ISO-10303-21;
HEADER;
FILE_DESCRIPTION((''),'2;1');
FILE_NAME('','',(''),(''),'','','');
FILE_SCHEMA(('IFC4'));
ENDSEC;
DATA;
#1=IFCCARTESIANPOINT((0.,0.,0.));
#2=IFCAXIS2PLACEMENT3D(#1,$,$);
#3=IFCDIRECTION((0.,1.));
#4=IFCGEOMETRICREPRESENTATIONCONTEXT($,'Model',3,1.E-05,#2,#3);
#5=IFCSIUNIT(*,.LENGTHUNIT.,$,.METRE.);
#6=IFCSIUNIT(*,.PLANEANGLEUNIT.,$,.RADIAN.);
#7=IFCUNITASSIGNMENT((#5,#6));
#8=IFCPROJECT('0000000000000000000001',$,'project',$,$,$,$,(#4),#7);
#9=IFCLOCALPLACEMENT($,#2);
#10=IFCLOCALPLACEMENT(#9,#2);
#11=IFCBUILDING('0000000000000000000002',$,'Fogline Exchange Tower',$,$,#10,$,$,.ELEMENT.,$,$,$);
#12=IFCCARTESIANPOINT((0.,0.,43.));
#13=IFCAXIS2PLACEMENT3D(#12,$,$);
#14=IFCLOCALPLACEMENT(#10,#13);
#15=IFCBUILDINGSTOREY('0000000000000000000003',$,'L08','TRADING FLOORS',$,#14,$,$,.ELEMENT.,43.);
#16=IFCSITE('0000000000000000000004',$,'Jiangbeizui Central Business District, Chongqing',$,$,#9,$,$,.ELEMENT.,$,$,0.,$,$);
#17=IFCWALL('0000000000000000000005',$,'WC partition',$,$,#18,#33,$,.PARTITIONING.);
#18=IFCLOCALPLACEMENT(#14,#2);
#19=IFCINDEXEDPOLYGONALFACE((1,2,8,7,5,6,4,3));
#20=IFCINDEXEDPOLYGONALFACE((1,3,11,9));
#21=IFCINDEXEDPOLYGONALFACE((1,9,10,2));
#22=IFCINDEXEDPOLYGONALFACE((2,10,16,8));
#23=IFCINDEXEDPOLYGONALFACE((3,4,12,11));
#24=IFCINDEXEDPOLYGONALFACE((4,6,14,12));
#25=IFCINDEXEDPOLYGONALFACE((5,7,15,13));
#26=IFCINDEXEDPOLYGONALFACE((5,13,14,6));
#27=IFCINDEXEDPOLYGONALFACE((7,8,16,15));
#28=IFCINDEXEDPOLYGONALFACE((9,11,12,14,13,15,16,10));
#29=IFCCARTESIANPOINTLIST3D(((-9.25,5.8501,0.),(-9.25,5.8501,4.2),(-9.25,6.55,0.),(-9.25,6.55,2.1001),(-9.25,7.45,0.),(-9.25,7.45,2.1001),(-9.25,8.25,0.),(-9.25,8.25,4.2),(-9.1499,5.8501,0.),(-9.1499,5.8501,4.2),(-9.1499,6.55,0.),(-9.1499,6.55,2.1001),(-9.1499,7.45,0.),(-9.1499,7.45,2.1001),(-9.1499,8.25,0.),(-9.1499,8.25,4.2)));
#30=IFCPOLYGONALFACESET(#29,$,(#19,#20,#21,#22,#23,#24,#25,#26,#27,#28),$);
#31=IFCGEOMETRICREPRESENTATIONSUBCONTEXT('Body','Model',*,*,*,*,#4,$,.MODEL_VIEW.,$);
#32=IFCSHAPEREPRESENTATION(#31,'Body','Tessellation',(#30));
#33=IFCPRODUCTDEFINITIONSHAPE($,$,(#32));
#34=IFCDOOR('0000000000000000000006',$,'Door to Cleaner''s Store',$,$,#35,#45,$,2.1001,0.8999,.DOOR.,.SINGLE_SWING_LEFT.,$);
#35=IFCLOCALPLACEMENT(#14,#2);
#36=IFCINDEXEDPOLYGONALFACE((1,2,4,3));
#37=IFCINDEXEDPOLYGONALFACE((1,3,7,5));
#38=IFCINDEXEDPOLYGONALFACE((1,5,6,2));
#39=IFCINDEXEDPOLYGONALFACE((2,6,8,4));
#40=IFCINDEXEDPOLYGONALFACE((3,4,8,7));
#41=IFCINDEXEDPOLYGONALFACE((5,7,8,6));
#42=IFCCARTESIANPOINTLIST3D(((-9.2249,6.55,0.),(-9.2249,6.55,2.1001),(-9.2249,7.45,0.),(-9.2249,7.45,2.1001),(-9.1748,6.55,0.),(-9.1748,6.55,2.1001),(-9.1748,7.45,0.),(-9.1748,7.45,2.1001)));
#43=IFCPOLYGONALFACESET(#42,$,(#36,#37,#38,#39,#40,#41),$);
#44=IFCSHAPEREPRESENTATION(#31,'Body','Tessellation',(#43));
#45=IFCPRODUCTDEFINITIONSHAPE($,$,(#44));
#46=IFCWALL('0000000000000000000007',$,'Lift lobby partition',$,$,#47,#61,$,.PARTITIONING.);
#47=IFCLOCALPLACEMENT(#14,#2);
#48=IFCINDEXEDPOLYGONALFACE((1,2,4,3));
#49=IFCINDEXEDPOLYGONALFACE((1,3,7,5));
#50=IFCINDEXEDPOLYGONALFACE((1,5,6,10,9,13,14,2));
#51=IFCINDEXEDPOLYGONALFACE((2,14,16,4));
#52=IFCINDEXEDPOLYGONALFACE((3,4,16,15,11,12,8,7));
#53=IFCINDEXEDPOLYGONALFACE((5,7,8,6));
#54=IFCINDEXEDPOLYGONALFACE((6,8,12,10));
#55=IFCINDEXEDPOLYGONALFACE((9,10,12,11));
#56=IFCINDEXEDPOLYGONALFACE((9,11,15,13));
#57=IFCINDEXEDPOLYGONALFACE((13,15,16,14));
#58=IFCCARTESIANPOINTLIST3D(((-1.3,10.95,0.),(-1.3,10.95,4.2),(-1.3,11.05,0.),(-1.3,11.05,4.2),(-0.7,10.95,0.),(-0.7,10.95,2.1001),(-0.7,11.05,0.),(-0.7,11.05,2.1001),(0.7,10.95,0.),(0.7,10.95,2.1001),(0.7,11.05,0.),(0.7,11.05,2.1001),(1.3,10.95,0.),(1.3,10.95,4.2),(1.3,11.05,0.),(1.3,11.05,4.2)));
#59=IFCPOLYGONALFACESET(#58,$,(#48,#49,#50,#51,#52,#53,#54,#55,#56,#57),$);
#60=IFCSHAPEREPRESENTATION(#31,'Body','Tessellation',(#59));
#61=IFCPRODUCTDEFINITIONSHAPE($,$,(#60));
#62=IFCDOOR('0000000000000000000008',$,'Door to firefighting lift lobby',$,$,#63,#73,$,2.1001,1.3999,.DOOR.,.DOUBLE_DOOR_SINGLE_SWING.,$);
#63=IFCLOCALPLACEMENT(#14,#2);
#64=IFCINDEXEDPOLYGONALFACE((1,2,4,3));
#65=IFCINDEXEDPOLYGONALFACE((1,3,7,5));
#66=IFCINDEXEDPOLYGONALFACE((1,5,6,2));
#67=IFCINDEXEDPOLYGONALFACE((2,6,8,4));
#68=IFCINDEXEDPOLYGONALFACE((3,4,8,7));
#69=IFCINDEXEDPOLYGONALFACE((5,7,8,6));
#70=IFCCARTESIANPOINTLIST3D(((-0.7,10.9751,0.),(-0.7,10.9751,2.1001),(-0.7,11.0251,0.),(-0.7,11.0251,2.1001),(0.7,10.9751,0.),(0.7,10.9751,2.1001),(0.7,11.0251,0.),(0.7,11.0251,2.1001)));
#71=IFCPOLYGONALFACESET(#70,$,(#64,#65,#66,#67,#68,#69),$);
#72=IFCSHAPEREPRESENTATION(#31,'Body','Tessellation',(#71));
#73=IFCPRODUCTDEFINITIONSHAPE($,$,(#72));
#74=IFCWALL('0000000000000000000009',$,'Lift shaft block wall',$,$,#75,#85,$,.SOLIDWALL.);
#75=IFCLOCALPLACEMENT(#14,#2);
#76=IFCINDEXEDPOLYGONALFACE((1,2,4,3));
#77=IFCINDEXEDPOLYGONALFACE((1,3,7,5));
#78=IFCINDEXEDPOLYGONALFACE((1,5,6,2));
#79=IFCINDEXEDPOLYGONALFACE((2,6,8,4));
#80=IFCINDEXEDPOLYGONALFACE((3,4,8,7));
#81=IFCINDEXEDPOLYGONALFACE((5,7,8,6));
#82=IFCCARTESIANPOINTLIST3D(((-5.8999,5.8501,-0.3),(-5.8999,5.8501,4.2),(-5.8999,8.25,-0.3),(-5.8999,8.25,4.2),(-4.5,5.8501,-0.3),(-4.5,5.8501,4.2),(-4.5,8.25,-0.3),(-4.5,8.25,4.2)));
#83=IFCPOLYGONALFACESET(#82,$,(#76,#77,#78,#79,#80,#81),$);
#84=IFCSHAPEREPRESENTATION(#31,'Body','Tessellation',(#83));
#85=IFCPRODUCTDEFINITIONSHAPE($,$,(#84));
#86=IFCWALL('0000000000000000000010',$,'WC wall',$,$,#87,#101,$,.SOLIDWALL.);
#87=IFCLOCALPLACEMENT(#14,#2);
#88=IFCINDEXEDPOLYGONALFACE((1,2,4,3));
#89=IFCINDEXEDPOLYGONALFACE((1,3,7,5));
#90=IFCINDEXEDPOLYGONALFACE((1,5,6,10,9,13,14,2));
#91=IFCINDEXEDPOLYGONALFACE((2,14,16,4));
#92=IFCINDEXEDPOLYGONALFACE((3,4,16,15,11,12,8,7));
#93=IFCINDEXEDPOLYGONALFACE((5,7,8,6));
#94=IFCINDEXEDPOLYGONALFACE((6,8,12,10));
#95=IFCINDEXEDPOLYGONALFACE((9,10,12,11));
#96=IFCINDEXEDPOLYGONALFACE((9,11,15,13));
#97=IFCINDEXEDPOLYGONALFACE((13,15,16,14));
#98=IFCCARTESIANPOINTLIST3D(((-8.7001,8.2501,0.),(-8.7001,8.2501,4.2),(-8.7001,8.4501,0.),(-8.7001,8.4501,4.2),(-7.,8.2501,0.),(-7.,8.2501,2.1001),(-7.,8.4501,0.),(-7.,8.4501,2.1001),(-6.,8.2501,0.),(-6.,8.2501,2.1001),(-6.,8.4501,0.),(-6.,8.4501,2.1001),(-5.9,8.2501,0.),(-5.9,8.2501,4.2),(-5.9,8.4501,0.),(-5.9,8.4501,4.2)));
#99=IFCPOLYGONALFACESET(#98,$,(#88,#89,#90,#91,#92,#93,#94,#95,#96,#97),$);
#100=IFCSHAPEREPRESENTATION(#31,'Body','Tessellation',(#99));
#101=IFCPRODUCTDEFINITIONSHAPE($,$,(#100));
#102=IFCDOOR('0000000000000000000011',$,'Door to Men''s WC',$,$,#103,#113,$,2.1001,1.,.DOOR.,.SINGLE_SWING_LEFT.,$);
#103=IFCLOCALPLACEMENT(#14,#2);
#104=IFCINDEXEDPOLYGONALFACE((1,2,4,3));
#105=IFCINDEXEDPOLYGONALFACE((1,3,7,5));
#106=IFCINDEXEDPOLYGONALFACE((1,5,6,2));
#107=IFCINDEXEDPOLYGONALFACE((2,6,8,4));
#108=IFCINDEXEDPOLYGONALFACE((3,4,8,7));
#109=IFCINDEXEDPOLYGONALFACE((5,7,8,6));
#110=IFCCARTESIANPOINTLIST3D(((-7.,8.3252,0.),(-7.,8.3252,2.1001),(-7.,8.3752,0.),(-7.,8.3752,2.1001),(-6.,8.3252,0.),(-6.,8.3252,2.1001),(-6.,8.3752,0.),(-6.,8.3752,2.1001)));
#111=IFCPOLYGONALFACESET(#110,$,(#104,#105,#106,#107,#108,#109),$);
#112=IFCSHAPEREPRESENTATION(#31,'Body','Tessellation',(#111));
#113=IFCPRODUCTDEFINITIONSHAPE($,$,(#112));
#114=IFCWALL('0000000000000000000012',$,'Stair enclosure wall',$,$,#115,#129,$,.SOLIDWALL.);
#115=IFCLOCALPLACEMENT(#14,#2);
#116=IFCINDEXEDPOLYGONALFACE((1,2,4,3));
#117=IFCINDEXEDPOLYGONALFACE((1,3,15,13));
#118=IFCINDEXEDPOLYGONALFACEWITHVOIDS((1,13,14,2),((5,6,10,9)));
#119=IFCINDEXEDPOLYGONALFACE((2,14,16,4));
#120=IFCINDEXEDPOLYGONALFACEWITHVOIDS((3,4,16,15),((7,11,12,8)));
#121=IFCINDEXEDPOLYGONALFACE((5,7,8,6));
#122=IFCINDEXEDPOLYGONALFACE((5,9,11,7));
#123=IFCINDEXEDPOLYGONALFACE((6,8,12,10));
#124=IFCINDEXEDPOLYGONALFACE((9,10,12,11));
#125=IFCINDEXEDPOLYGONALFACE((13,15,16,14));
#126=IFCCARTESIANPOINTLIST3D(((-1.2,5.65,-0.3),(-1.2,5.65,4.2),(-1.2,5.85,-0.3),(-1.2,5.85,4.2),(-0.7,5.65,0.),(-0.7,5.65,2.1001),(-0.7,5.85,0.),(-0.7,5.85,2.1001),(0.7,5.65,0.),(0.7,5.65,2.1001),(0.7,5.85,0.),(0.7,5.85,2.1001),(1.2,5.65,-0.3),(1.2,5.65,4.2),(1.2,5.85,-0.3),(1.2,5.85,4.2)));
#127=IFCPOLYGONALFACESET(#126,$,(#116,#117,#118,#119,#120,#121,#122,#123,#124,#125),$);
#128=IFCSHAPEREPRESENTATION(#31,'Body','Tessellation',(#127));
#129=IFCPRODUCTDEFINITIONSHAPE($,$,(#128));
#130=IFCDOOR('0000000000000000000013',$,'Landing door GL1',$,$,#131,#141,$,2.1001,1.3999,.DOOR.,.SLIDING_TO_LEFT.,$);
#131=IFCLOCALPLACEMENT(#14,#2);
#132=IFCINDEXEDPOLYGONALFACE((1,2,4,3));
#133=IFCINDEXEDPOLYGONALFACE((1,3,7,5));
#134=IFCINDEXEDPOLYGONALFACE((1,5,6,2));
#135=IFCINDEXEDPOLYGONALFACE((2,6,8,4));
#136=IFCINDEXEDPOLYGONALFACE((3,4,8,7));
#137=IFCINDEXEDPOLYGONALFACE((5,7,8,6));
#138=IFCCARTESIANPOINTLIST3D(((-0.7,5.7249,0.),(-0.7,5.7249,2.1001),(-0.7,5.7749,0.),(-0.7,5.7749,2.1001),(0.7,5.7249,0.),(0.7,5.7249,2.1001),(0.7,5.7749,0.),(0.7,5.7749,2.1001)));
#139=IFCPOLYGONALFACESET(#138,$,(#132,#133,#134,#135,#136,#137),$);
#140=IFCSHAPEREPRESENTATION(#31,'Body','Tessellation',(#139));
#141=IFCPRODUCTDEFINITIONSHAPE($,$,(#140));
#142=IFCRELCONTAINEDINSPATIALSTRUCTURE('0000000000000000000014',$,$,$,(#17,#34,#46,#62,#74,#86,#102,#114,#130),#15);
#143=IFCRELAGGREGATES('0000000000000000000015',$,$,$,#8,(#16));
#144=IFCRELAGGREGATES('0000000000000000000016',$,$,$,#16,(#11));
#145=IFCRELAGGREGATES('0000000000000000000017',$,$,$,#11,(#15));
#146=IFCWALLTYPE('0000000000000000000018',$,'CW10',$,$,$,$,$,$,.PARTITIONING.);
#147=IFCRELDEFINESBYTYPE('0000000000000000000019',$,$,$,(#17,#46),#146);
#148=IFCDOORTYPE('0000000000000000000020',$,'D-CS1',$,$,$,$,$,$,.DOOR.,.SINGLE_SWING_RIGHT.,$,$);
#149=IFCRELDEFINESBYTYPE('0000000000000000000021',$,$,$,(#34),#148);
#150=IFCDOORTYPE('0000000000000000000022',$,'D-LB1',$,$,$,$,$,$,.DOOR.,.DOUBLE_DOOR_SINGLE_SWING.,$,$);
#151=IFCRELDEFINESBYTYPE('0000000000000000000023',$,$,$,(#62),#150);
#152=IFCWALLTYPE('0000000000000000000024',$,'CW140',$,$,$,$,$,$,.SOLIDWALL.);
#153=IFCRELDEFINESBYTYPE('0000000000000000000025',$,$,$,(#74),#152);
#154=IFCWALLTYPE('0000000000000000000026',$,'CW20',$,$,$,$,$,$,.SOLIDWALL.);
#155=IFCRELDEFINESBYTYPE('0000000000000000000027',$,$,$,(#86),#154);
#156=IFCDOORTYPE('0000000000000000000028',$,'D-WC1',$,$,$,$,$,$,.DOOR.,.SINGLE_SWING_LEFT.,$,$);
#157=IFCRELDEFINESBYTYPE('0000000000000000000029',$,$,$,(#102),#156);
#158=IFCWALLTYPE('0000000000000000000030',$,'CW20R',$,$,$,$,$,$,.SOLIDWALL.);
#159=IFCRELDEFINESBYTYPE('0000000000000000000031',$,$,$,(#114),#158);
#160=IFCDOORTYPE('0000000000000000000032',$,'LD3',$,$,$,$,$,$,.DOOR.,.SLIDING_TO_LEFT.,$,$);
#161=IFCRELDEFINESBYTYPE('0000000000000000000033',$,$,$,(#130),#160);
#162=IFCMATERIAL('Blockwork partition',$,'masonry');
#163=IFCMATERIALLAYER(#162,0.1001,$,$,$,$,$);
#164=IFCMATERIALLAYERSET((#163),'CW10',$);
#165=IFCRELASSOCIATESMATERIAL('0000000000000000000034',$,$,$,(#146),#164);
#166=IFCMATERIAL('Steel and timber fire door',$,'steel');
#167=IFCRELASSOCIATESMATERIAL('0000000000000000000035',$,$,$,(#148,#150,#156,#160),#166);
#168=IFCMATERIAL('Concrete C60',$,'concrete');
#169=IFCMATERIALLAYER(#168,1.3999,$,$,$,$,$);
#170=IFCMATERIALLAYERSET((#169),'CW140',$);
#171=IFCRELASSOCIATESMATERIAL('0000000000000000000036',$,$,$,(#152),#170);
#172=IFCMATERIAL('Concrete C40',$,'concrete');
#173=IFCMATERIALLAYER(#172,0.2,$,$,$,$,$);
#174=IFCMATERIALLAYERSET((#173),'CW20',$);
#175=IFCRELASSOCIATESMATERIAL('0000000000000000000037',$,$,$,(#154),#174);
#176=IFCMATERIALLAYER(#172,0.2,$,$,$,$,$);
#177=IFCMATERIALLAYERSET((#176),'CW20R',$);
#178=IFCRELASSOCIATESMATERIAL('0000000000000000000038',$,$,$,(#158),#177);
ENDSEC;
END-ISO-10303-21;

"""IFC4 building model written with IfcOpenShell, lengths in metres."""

from ifc_helpers import new_model, si_unit, direction, frame, frame_2d, origin, place, context, subcontext, project, spatial, rectangle, extrude, material, layer, layer_set, type_object, element, fill, save


model = new_model("IFC4")

# Units and contexts
model_context = context("Model", 3, precision=1e-05, world=origin(), true_north=direction((0.0, 1.0)))
body_context = subcontext(model_context, "Body", "Model", "MODEL_VIEW")
ifc_project = project(units=[si_unit("LENGTHUNIT", "METRE"), si_unit("PLANEANGLEUNIT", "RADIAN")], contexts=[model_context])

# Site, building, storey
site_placement = place(None, origin())
site = spatial("IfcSite", under=ifc_project, at=site_placement, Name="Jiangbeizui Central Business District, Chongqing", CompositionType="ELEMENT", RefElevation=0.0)
building_placement = place(site_placement, origin())
building = spatial("IfcBuilding", under=site, at=building_placement, Name="Fogline Exchange Tower", CompositionType="ELEMENT")
storey_placement = place(building_placement, frame((0.0, 0.0, 43.0)))
storey = spatial("IfcBuildingStorey", under=building, at=storey_placement, Name="L08", Description="TRADING FLOORS", CompositionType="ELEMENT", Elevation=43.0)

# Walls, openings, doors
ifc_material_1 = material(Name="Blockwork partition", Category="masonry")
ifc_layer_1 = layer(ifc_material_1, 0.1001)
ifc_layer_set_1 = layer_set([ifc_layer_1], Name="CW10")
wall_type_1 = type_object("IfcWallType", Name="CW10", PredefinedType="PARTITIONING", material=ifc_layer_set_1)
wall_1_placement = place(storey_placement, frame((-9.2, 5.8501, 0.0), z_axis=(0.0, 0.0, 1.0), x_axis=(0.0, 1.0, 0.0)))
wall_1 = element("IfcWall", 1, at=wall_1_placement, inside=storey, type_object=wall_type_1, Name="WC partition", PredefinedType="PARTITIONING", context=body_context, shape_type="SweptSolid", body=[
    extrude(rectangle(XDim=2.3999, YDim=0.1001, at=frame_2d((1.2, 0.0))), origin(), (0.0, 0.0, 1.0), 4.2),
])
opening_1_placement = place(wall_1_placement, frame((0.7, 0.0, 0.0)))
opening_1 = element("IfcOpeningElement", 2, at=opening_1_placement, cuts=wall_1, PredefinedType="OPENING", context=body_context, shape_type="SweptSolid", body=[
    extrude(rectangle(XDim=0.8999, YDim=2.1001, at=frame_2d((0.45, 1.05))), frame((0.0, 0.0601, 0.0), z_axis=(0.0, -1.0, 0.0), x_axis=(1.0, 0.0, 0.0)), (0.0, 0.0, 1.0), 0.1201),
])
ifc_material_2 = material(Name="Steel and timber fire door", Category="steel")
door_type_1 = type_object("IfcDoorType", Name="D-CS1", OperationType="SINGLE_SWING_RIGHT", PredefinedType="DOOR", material=ifc_material_2)
door_1_placement = place(opening_1_placement, origin())
door_1 = element("IfcDoor", 3, at=door_1_placement, inside=storey, type_object=door_type_1, Name="Door to Cleaner's Store", OperationType="SINGLE_SWING_LEFT", OverallHeight=2.1001, OverallWidth=0.8999, PredefinedType="DOOR", context=body_context, shape_type="SweptSolid", body=[
    extrude(rectangle(XDim=0.8999, YDim=2.1001, at=frame_2d((0.45, 1.05))), frame((0.0, 0.0249, 0.0), z_axis=(0.0, -1.0, 0.0), x_axis=(1.0, 0.0, 0.0)), (0.0, 0.0, 1.0), 0.05),
])
fill(opening_1, door_1)
wall_2_placement = place(storey_placement, frame((-1.3, 11.0, 0.0), z_axis=(0.0, 0.0, 1.0), x_axis=(1.0, 0.0, 0.0)))
wall_2 = element("IfcWall", 4, at=wall_2_placement, inside=storey, type_object=wall_type_1, Name="Lift lobby partition", PredefinedType="PARTITIONING", context=body_context, shape_type="SweptSolid", body=[
    extrude(rectangle(XDim=2.6001, YDim=0.1001, at=frame_2d((1.3, 0.0))), origin(), (0.0, 0.0, 1.0), 4.2),
])
opening_2_placement = place(wall_2_placement, frame((0.6001, 0.0, 0.0)))
opening_2 = element("IfcOpeningElement", 5, at=opening_2_placement, cuts=wall_2, PredefinedType="OPENING", context=body_context, shape_type="SweptSolid", body=[
    extrude(rectangle(XDim=1.3999, YDim=2.1001, at=frame_2d((0.7, 1.05))), frame((0.0, 0.0601, 0.0), z_axis=(0.0, -1.0, 0.0), x_axis=(1.0, 0.0, 0.0)), (0.0, 0.0, 1.0), 0.1201),
])
door_type_2 = type_object("IfcDoorType", Name="D-LB1", OperationType="DOUBLE_DOOR_SINGLE_SWING", PredefinedType="DOOR", material=ifc_material_2)
door_2_placement = place(opening_2_placement, frame((1.3999, 0.0, 0.0), z_axis=(0.0, 0.0, 1.0), x_axis=(-1.0, 0.0, 0.0)))
door_2 = element("IfcDoor", 6, at=door_2_placement, inside=storey, type_object=door_type_2, Name="Door to firefighting lift lobby", OperationType="DOUBLE_DOOR_SINGLE_SWING", OverallHeight=2.1001, OverallWidth=1.3999, PredefinedType="DOOR", context=body_context, shape_type="SweptSolid", body=[
    extrude(rectangle(XDim=1.3999, YDim=2.1001, at=frame_2d((0.7, 1.05))), frame((0.0, 0.0249, 0.0), z_axis=(0.0, -1.0, 0.0), x_axis=(1.0, 0.0, 0.0)), (0.0, 0.0, 1.0), 0.05),
])
fill(opening_2, door_2)

# Wall
ifc_material_3 = material(Name="Concrete C60", Category="concrete")
ifc_layer_2 = layer(ifc_material_3, 1.3999)
ifc_layer_set_2 = layer_set([ifc_layer_2], Name="CW140")
wall_type_2 = type_object("IfcWallType", Name="CW140", PredefinedType="SOLIDWALL", material=ifc_layer_set_2)
wall_3_placement = place(storey_placement, frame((-5.2, 5.8501, -0.3), z_axis=(0.0, 0.0, 1.0), x_axis=(0.0, 1.0, 0.0)))
element("IfcWall", 7, at=wall_3_placement, inside=storey, type_object=wall_type_2, Name="Lift shaft block wall", PredefinedType="SOLIDWALL", context=body_context, shape_type="SweptSolid", body=[
    extrude(rectangle(XDim=2.3999, YDim=1.3999, at=frame_2d((1.2, 0.0))), origin(), (0.0, 0.0, 1.0), 4.5),
])

# Walls, openings, doors
ifc_material_4 = material(Name="Concrete C40", Category="concrete")
ifc_layer_3 = layer(ifc_material_4, 0.2)
ifc_layer_set_3 = layer_set([ifc_layer_3], Name="CW20")
wall_type_3 = type_object("IfcWallType", Name="CW20", PredefinedType="SOLIDWALL", material=ifc_layer_set_3)
wall_4_placement = place(storey_placement, frame((-8.7, 8.3501, 0.0), z_axis=(0.0, 0.0, 1.0), x_axis=(1.0, 0.0, 0.0)))
wall_4 = element("IfcWall", 8, at=wall_4_placement, inside=storey, type_object=wall_type_3, Name="WC wall", PredefinedType="SOLIDWALL", context=body_context, shape_type="SweptSolid", body=[
    extrude(rectangle(XDim=2.8, YDim=0.2, at=frame_2d((1.3999, 0.0))), origin(), (0.0, 0.0, 1.0), 4.2),
])
opening_3_placement = place(wall_4_placement, frame((1.7, 0.0, 0.0)))
opening_3 = element("IfcOpeningElement", 9, at=opening_3_placement, cuts=wall_4, PredefinedType="OPENING", context=body_context, shape_type="SweptSolid", body=[
    extrude(rectangle(XDim=1.0, YDim=2.1001, at=frame_2d((0.5, 1.05))), frame((0.0, 0.1099, 0.0), z_axis=(0.0, -1.0, 0.0), x_axis=(1.0, 0.0, 0.0)), (0.0, 0.0, 1.0), 0.22),
])
door_type_3 = type_object("IfcDoorType", Name="D-WC1", OperationType="SINGLE_SWING_LEFT", PredefinedType="DOOR", material=ifc_material_2)
door_3_placement = place(opening_3_placement, frame((1.0, 0.0, 0.0), z_axis=(0.0, 0.0, 1.0), x_axis=(-1.0, 0.0, 0.0)))
door_3 = element("IfcDoor", 10, at=door_3_placement, inside=storey, type_object=door_type_3, Name="Door to Men's WC", OperationType="SINGLE_SWING_LEFT", OverallHeight=2.1001, OverallWidth=1.0, PredefinedType="DOOR", context=body_context, shape_type="SweptSolid", body=[
    extrude(rectangle(XDim=1.0, YDim=2.1001, at=frame_2d((0.5, 1.05))), frame((0.0, 0.0249, 0.0), z_axis=(0.0, -1.0, 0.0), x_axis=(1.0, 0.0, 0.0)), (0.0, 0.0, 1.0), 0.05),
])
fill(opening_3, door_3)
ifc_layer_4 = layer(ifc_material_4, 0.2)
ifc_layer_set_4 = layer_set([ifc_layer_4], Name="CW20R")
wall_type_4 = type_object("IfcWallType", Name="CW20R", PredefinedType="SOLIDWALL", material=ifc_layer_set_4)
wall_5_placement = place(storey_placement, frame((-1.2, 5.75, -0.3), z_axis=(0.0, 0.0, 1.0), x_axis=(1.0, 0.0, 0.0)))
wall_5 = element("IfcWall", 11, at=wall_5_placement, inside=storey, type_object=wall_type_4, Name="Stair enclosure wall", PredefinedType="SOLIDWALL", context=body_context, shape_type="SweptSolid", body=[
    extrude(rectangle(XDim=2.3999, YDim=0.2, at=frame_2d((1.2, 0.0))), origin(), (0.0, 0.0, 1.0), 4.5),
])
opening_4_placement = place(wall_5_placement, frame((0.5, 0.0, 0.3)))
opening_4 = element("IfcOpeningElement", 12, at=opening_4_placement, cuts=wall_5, PredefinedType="OPENING", context=body_context, shape_type="SweptSolid", body=[
    extrude(rectangle(XDim=1.3999, YDim=2.1001, at=frame_2d((0.7, 1.05))), frame((0.0, 0.1099, 0.0), z_axis=(0.0, -1.0, 0.0), x_axis=(1.0, 0.0, 0.0)), (0.0, 0.0, 1.0), 0.22),
])
door_type_4 = type_object("IfcDoorType", Name="LD3", OperationType="SLIDING_TO_LEFT", PredefinedType="DOOR", material=ifc_material_2)
door_4_placement = place(opening_4_placement, origin())
door_4 = element("IfcDoor", 13, at=door_4_placement, inside=storey, type_object=door_type_4, Name="Landing door GL1", OperationType="SLIDING_TO_LEFT", OverallHeight=2.1001, OverallWidth=1.3999, PredefinedType="DOOR", context=body_context, shape_type="SweptSolid", body=[
    extrude(rectangle(XDim=1.3999, YDim=2.1001, at=frame_2d((0.7, 1.05))), frame((0.0, 0.0249, 0.0), z_axis=(0.0, -1.0, 0.0), x_axis=(1.0, 0.0, 0.0)), (0.0, 0.0, 1.0), 0.05),
])
fill(opening_4, door_4)

save(model, "model.ifc")
